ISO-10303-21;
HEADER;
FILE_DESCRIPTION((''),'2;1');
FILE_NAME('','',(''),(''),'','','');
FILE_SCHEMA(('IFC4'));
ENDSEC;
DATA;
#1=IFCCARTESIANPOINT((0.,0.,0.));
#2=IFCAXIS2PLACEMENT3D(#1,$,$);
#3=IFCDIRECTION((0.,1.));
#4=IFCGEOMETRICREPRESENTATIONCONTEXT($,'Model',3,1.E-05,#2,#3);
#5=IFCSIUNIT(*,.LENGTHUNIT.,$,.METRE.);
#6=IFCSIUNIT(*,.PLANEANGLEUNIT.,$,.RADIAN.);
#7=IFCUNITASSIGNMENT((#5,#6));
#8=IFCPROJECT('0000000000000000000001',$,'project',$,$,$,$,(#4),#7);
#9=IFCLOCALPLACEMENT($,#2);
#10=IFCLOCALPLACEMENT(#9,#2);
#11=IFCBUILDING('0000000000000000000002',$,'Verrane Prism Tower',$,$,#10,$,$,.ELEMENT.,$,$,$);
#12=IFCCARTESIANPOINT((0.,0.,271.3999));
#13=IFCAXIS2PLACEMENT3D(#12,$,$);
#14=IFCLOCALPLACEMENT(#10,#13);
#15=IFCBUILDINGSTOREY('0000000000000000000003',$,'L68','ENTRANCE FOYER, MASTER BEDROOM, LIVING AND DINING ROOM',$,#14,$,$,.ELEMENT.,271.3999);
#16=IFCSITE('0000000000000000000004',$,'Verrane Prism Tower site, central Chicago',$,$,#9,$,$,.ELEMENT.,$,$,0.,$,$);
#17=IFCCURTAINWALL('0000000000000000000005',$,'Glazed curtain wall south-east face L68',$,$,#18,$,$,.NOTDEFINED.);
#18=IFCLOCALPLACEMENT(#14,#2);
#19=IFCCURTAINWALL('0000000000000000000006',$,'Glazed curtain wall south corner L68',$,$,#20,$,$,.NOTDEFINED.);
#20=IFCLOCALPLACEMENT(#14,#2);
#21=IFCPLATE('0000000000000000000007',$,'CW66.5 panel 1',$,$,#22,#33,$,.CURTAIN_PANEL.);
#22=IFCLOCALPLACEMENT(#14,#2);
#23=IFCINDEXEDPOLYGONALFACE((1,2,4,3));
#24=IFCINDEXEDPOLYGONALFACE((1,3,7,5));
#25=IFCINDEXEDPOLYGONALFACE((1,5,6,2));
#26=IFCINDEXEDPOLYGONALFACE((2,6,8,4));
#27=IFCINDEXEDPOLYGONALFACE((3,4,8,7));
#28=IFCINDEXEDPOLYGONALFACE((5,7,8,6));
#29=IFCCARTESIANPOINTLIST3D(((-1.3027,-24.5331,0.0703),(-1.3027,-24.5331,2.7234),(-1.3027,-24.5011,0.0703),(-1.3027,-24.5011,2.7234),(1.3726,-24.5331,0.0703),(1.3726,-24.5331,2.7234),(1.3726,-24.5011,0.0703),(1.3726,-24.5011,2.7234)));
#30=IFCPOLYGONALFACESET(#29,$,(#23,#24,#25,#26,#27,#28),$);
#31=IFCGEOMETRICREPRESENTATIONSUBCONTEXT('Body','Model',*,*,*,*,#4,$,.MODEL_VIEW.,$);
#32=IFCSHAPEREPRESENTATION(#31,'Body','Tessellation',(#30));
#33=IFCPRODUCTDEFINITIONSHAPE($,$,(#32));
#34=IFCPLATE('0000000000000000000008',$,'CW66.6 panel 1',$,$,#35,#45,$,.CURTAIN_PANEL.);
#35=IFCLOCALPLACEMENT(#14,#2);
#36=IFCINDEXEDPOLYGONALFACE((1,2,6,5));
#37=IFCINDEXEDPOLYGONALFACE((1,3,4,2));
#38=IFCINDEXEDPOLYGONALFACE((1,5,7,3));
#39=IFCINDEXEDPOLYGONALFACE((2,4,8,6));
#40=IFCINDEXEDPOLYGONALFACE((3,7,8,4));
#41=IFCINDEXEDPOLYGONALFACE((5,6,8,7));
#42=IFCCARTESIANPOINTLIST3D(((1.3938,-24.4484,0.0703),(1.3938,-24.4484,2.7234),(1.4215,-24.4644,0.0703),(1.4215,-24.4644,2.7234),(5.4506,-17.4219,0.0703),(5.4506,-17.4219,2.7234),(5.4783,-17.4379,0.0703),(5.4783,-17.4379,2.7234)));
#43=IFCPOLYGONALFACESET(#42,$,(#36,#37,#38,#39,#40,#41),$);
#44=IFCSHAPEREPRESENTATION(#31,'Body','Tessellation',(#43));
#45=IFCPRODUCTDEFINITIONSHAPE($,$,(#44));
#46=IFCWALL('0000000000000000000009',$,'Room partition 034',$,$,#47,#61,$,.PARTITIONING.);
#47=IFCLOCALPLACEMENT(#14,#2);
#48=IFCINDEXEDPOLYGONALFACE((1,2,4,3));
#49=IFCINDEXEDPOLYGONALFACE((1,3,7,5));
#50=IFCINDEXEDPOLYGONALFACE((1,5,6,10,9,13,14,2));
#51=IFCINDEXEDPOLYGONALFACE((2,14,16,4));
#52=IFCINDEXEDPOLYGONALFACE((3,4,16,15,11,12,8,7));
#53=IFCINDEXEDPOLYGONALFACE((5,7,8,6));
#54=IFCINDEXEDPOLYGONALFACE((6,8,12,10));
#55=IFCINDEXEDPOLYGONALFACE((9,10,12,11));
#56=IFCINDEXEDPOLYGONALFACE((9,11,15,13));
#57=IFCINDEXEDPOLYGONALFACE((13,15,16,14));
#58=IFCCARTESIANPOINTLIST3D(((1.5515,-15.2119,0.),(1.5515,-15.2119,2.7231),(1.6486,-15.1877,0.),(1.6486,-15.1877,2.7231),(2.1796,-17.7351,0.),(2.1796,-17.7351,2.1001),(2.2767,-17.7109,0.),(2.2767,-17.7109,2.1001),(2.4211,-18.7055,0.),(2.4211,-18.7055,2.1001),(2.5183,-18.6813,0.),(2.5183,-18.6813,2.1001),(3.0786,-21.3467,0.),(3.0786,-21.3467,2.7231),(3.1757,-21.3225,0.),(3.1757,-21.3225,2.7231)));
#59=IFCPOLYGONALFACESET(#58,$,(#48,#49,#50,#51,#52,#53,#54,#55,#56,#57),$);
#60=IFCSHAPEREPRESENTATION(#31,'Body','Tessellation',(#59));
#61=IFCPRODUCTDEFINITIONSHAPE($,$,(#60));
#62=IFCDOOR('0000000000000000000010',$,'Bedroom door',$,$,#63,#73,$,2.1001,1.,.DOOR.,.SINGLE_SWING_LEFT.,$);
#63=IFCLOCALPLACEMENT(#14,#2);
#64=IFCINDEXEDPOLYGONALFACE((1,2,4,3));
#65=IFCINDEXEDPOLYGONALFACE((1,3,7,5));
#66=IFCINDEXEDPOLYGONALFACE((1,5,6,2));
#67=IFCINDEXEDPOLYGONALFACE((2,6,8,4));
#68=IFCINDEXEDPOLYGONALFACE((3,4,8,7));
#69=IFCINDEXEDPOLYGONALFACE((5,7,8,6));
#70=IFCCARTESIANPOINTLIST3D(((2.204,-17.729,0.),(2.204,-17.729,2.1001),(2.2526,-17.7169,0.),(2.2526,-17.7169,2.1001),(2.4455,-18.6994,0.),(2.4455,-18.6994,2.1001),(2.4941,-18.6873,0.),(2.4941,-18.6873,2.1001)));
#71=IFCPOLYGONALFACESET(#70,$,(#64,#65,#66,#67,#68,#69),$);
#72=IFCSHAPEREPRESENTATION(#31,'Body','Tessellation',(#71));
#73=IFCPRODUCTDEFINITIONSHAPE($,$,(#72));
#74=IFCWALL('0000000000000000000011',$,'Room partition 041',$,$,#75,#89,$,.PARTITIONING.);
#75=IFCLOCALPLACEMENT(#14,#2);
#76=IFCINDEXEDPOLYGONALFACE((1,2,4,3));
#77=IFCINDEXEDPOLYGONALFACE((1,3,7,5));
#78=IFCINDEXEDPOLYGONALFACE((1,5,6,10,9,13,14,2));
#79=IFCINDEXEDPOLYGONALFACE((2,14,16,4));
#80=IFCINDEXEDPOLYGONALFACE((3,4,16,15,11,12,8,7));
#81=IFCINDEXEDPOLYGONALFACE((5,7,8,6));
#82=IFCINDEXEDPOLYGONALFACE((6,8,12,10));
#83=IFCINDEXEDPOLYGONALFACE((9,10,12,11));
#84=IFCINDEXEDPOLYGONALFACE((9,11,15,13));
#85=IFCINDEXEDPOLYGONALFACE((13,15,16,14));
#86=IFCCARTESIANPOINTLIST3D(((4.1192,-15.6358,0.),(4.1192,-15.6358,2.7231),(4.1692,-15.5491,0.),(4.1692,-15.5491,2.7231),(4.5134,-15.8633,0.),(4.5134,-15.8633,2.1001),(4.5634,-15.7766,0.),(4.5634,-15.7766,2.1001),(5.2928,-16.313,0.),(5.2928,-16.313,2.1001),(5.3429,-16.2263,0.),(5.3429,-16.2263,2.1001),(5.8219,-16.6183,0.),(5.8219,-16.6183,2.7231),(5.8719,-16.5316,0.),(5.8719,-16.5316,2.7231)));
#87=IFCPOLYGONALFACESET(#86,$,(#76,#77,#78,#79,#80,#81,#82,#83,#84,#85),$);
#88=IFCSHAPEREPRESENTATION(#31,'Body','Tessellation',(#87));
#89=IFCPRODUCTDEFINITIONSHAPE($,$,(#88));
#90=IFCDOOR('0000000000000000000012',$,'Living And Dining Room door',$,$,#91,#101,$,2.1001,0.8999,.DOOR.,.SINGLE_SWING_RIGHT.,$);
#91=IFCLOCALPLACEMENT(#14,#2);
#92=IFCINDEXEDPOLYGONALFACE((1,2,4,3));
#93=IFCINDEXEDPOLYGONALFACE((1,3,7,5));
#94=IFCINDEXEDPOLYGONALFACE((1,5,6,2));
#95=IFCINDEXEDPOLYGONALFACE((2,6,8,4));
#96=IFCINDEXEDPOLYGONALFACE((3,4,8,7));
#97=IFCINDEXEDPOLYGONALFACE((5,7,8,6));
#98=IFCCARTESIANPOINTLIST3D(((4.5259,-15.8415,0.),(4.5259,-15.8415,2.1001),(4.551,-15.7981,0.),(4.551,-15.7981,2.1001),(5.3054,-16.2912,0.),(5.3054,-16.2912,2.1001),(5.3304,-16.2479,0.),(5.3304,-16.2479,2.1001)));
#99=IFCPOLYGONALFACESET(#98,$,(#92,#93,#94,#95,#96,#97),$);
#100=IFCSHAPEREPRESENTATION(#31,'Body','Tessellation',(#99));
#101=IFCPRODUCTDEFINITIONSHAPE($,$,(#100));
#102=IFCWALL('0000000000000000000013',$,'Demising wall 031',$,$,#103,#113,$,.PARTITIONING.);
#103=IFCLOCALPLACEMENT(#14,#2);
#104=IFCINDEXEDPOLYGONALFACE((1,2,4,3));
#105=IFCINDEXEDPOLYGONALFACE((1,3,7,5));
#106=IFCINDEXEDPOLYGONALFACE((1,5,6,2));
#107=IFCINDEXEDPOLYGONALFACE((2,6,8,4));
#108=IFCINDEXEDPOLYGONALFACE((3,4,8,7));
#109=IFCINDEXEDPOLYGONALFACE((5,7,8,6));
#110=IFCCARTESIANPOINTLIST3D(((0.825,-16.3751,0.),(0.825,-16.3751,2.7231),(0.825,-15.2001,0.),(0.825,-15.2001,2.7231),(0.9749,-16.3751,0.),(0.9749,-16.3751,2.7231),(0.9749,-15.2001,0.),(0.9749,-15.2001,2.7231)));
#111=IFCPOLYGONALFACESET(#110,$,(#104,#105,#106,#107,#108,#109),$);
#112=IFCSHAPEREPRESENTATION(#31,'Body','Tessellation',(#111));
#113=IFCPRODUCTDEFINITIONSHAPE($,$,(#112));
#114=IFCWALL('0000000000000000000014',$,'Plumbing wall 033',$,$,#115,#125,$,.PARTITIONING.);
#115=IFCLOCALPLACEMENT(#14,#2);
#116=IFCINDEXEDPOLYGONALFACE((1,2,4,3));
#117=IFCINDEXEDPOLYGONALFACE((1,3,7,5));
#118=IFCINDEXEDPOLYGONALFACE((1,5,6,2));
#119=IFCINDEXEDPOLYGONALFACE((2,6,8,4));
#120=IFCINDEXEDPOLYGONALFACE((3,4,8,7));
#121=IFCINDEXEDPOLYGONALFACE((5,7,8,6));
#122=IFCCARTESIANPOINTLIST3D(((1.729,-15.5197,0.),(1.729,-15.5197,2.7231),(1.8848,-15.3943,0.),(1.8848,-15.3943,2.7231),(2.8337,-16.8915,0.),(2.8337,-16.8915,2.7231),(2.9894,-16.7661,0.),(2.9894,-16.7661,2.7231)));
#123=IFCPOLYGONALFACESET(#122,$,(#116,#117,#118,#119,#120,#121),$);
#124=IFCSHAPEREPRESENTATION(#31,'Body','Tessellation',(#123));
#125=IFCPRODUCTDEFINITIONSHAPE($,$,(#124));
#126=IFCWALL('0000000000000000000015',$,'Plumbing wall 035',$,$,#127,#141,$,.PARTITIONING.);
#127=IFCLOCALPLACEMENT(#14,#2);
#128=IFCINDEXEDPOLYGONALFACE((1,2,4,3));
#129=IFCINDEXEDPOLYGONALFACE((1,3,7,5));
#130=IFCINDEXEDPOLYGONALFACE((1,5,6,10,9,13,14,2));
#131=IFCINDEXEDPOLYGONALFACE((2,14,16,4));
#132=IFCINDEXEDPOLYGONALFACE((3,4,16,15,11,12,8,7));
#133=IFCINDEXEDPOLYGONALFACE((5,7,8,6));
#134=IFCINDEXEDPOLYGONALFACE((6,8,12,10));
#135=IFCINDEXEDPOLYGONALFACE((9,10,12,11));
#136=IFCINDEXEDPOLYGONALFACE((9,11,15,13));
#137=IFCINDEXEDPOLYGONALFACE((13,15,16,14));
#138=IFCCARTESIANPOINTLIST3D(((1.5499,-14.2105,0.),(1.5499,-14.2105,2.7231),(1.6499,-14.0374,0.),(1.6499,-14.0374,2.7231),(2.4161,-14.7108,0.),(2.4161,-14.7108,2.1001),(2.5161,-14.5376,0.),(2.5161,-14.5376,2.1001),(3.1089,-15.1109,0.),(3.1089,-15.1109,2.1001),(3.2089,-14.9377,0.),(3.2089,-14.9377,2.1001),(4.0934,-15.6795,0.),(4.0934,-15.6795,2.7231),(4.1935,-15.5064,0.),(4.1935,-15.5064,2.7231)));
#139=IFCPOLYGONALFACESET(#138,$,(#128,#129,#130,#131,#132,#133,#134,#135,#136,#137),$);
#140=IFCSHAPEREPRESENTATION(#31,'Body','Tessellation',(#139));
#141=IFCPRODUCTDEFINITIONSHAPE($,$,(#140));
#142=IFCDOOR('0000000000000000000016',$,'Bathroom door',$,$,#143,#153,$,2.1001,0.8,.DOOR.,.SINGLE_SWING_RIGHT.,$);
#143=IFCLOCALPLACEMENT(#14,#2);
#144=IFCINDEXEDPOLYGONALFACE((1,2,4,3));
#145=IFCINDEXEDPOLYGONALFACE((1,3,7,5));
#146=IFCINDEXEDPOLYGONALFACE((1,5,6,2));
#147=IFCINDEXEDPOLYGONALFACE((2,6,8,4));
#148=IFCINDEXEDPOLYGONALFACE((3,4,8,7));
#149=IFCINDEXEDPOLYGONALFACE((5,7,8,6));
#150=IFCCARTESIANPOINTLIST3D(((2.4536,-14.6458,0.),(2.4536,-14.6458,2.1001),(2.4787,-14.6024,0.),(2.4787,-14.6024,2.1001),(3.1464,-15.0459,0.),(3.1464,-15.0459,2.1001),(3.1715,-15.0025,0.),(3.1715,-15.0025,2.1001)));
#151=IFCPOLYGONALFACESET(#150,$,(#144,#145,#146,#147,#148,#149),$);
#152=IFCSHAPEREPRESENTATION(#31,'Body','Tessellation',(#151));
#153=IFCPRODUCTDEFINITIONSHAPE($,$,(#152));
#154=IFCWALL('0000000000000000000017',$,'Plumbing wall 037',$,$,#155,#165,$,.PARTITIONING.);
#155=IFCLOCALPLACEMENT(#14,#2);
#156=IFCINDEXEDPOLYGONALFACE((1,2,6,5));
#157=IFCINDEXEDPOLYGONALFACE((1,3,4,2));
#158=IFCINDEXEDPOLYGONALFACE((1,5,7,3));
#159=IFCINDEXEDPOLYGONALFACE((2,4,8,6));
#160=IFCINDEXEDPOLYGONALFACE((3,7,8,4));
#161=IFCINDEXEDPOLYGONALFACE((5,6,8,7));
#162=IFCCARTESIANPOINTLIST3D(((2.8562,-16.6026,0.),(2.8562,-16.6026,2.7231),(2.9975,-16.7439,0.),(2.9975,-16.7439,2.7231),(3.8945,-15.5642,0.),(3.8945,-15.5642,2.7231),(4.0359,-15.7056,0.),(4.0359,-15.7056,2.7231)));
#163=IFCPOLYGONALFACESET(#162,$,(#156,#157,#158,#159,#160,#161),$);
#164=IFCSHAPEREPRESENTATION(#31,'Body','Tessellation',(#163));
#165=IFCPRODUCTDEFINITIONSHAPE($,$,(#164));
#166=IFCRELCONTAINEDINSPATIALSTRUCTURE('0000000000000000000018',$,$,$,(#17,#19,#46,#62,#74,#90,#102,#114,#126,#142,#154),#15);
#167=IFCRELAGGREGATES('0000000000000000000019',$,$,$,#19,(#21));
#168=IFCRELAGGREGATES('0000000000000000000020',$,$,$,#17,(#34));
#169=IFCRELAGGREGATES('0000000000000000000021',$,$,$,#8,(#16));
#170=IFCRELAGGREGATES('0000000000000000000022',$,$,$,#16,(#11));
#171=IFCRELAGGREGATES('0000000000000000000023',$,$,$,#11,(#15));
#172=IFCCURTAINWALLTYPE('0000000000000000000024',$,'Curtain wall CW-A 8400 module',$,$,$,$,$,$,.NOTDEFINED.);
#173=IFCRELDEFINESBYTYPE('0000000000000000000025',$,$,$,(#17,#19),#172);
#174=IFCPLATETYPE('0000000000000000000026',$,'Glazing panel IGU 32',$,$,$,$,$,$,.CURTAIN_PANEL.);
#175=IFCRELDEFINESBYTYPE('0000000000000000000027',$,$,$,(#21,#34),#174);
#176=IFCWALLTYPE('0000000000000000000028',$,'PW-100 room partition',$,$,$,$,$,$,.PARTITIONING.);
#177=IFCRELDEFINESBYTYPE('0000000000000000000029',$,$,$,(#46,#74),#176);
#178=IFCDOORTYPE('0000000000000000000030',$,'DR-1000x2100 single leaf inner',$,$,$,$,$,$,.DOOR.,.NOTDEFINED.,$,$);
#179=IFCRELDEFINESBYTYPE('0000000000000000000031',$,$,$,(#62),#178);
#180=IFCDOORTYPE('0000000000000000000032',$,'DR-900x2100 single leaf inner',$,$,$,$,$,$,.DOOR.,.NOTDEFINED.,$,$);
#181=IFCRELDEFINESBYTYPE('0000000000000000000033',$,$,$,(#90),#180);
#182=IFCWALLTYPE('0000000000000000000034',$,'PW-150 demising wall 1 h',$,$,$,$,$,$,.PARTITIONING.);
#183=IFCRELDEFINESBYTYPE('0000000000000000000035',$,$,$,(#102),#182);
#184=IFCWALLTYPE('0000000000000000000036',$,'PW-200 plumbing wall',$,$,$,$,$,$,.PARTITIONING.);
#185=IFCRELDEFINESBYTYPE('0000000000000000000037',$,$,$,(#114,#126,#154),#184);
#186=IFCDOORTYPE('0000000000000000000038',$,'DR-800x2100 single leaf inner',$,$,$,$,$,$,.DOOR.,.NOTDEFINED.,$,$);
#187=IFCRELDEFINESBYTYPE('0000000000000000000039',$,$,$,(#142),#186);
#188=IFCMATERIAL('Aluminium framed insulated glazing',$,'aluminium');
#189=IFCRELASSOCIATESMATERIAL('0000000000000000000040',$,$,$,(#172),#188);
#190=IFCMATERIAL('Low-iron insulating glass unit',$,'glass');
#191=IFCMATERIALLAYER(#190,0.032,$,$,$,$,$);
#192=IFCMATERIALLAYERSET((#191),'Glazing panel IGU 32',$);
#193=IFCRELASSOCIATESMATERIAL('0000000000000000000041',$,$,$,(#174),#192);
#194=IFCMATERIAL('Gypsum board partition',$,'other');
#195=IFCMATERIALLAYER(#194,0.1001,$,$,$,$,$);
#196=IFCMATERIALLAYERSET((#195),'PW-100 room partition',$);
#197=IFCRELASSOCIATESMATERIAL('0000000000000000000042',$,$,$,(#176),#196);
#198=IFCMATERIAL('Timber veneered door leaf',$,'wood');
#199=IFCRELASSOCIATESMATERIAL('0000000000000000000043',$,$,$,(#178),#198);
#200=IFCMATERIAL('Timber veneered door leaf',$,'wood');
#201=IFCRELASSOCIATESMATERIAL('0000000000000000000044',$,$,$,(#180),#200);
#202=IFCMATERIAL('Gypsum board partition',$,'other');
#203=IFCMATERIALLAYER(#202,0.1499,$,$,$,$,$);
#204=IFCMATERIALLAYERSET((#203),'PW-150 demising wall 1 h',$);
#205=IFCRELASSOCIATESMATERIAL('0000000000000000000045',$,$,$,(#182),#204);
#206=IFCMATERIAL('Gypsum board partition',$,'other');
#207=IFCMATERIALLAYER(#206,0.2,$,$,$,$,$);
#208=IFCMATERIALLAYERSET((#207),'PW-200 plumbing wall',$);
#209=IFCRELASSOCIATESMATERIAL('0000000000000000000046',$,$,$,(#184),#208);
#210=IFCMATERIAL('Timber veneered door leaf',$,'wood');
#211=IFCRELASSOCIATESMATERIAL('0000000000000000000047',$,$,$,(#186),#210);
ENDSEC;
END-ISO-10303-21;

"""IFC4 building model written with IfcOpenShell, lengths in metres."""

from ifc_helpers import new_model, si_unit, direction, frame, frame_2d, origin, origin_2d, place, context, subcontext, project, spatial, rectangle, extrude, material, layer, layer_set, type_object, element, fill, aggregate, save


model = new_model("IFC4")

# Units and contexts
model_context = context("Model", 3, precision=1e-05, world=origin(), true_north=direction((0.0, 1.0)))
body_context = subcontext(model_context, "Body", "Model", "MODEL_VIEW")
ifc_project = project(units=[si_unit("LENGTHUNIT", "METRE"), si_unit("PLANEANGLEUNIT", "RADIAN")], contexts=[model_context])

# Site, building, storey
site_placement = place(None, origin())
site = spatial("IfcSite", under=ifc_project, at=site_placement, Name="Verrane Prism Tower site, central Chicago", CompositionType="ELEMENT", RefElevation=0.0)
building_placement = place(site_placement, origin())
building = spatial("IfcBuilding", under=site, at=building_placement, Name="Verrane Prism Tower", CompositionType="ELEMENT")
storey_placement = place(building_placement, frame((0.0, 0.0, 271.3999)))
storey = spatial("IfcBuildingStorey", under=building, at=storey_placement, Name="L68", Description="ENTRANCE FOYER, MASTER BEDROOM, LIVING AND DINING ROOM", CompositionType="ELEMENT", Elevation=271.3999)

# Curtain wall
ifc_material_1 = material(Name="Aluminium framed insulated glazing", Category="aluminium")
curtain_wall_type = type_object("IfcCurtainWallType", Name="Curtain wall CW-A 8400 module", PredefinedType="NOTDEFINED", material=ifc_material_1)
curtain_wall_1_placement = place(storey_placement, origin())
curtain_wall_1 = element("IfcCurtainWall", 1, at=curtain_wall_1_placement, inside=storey, type_object=curtain_wall_type, Name="Glazed curtain wall south-east face L68", PredefinedType="NOTDEFINED")

# Curtain wall, plate
curtain_wall_2_placement = place(storey_placement, origin())
curtain_wall_2 = element("IfcCurtainWall", 2, at=curtain_wall_2_placement, inside=storey, type_object=curtain_wall_type, Name="Glazed curtain wall south corner L68", PredefinedType="NOTDEFINED")
ifc_material_2 = material(Name="Low-iron insulating glass unit", Category="glass")
ifc_layer_1 = layer(ifc_material_2, 0.032)
ifc_layer_set_1 = layer_set([ifc_layer_1], Name="Glazing panel IGU 32")
plate_type = type_object("IfcPlateType", Name="Glazing panel IGU 32", PredefinedType="CURTAIN_PANEL", material=ifc_layer_set_1)
plate_1_placement = place(storey_placement, frame((0.0349, -24.5171, 0.0703), z_axis=(0.0, 0.0, 1.0), x_axis=(1.0, 0.0, 0.0)))
plate_1 = element("IfcPlate", 3, at=plate_1_placement, type_object=plate_type, Name="CW66.5 panel 1", PredefinedType="CURTAIN_PANEL", context=body_context, shape_type="SweptSolid", body=[
    extrude(rectangle(XDim=2.6753, YDim=0.032, at=origin_2d()), origin(), (0.0, 0.0, 1.0), 2.6531),
])
aggregate(curtain_wall_2, [plate_1])

# Plate
plate_2_placement = place(storey_placement, frame((3.436, -20.9431, 0.0703), z_axis=(0.0, 0.0, 1.0), x_axis=(0.500001, 0.866025, 0.0)))
plate_2 = element("IfcPlate", 4, at=plate_2_placement, type_object=plate_type, Name="CW66.6 panel 1", PredefinedType="CURTAIN_PANEL", context=body_context, shape_type="SweptSolid", body=[
    extrude(rectangle(XDim=8.1135, YDim=0.032, at=origin_2d()), origin(), (0.0, 0.0, 1.0), 2.6531),
])
aggregate(curtain_wall_1, [plate_2])

# Walls, openings, doors
ifc_material_3 = material(Name="Gypsum board partition", Category="other")
ifc_layer_2 = layer(ifc_material_3, 0.1001)
ifc_layer_set_2 = layer_set([ifc_layer_2], Name="PW-100 room partition")
wall_type_1 = type_object("IfcWallType", Name="PW-100 room partition", PredefinedType="PARTITIONING", material=ifc_layer_set_2)
wall_1_placement = place(storey_placement, frame((3.1272, -21.3347, 0.0), z_axis=(0.0, 0.0, 1.0), x_axis=(-0.241554, 0.970387, 0.0)))
wall_1 = element("IfcWall", 5, at=wall_1_placement, inside=storey, type_object=wall_type_1, Name="Room partition 034", PredefinedType="PARTITIONING", context=body_context, shape_type="SweptSolid", body=[
    extrude(rectangle(XDim=6.322, YDim=0.1001, at=frame_2d((3.1611, 0.0))), origin(), (0.0, 0.0, 1.0), 2.7231),
])
opening_1_placement = place(wall_1_placement, frame((2.7219, 0.0, 0.0)))
opening_1 = element("IfcOpeningElement", 6, at=opening_1_placement, cuts=wall_1, PredefinedType="OPENING", context=body_context, shape_type="SweptSolid", body=[
    extrude(rectangle(XDim=1.0, YDim=2.1001, at=frame_2d((0.5, 1.05))), frame((0.0, 0.0601, 0.0), z_axis=(0.0, -1.0, 0.0), x_axis=(1.0, 0.0, 0.0)), (0.0, 0.0, 1.0), 0.1201),
])
ifc_material_4 = material(Name="Timber veneered door leaf", Category="wood")
door_type_1 = type_object("IfcDoorType", Name="DR-1000x2100 single leaf inner", OperationType="NOTDEFINED", PredefinedType="DOOR", material=ifc_material_4)
door_1_placement = place(opening_1_placement, origin())
door_1 = element("IfcDoor", 7, at=door_1_placement, inside=storey, type_object=door_type_1, Name="Bedroom door", OperationType="SINGLE_SWING_LEFT", OverallHeight=2.1001, OverallWidth=1.0, PredefinedType="DOOR", context=body_context, shape_type="SweptSolid", body=[
    extrude(rectangle(XDim=1.0, YDim=2.1001, at=frame_2d((0.5, 1.05))), frame((0.0, 0.0249, 0.0), z_axis=(0.0, -1.0, 0.0), x_axis=(1.0, 0.0, 0.0)), (0.0, 0.0, 1.0), 0.05),
])
fill(opening_1, door_1)
wall_2_placement = place(storey_placement, frame((5.8469, -16.575, 0.0), z_axis=(0.0, 0.0, 1.0), x_axis=(-0.866157, 0.499773, 0.0)))
wall_2 = element("IfcWall", 8, at=wall_2_placement, inside=storey, type_object=wall_type_1, Name="Room partition 041", PredefinedType="PARTITIONING", context=body_context, shape_type="SweptSolid", body=[
    extrude(rectangle(XDim=1.9658, YDim=0.1001, at=frame_2d((0.9829, 0.0))), origin(), (0.0, 0.0, 1.0), 2.7231),
])
opening_2_placement = place(wall_2_placement, frame((0.6108, 0.0, 0.0)))
opening_2 = element("IfcOpeningElement", 9, at=opening_2_placement, cuts=wall_2, PredefinedType="OPENING", context=body_context, shape_type="SweptSolid", body=[
    extrude(rectangle(XDim=0.8999, YDim=2.1001, at=frame_2d((0.45, 1.05))), frame((0.0, 0.0601, 0.0), z_axis=(0.0, -1.0, 0.0), x_axis=(1.0, 0.0, 0.0)), (0.0, 0.0, 1.0), 0.1201),
])
ifc_material_5 = material(Name="Timber veneered door leaf", Category="wood")
door_type_2 = type_object("IfcDoorType", Name="DR-900x2100 single leaf inner", OperationType="NOTDEFINED", PredefinedType="DOOR", material=ifc_material_5)
door_2_placement = place(opening_2_placement, origin())
door_2 = element("IfcDoor", 10, at=door_2_placement, inside=storey, type_object=door_type_2, Name="Living And Dining Room door", OperationType="SINGLE_SWING_RIGHT", OverallHeight=2.1001, OverallWidth=0.8999, PredefinedType="DOOR", context=body_context, shape_type="SweptSolid", body=[
    extrude(rectangle(XDim=0.8999, YDim=2.1001, at=frame_2d((0.45, 1.05))), frame((0.0, 0.0249, 0.0), z_axis=(0.0, -1.0, 0.0), x_axis=(1.0, 0.0, 0.0)), (0.0, 0.0, 1.0), 0.05),
])
fill(opening_2, door_2)

# Walls
ifc_material_6 = material(Name="Gypsum board partition", Category="other")
ifc_layer_3 = layer(ifc_material_6, 0.1499)
ifc_layer_set_3 = layer_set([ifc_layer_3], Name="PW-150 demising wall 1 h")
wall_type_2 = type_object("IfcWallType", Name="PW-150 demising wall 1 h", PredefinedType="PARTITIONING", material=ifc_layer_set_3)
wall_3_placement = place(storey_placement, frame((0.8999, -16.375, 0.0), z_axis=(0.0, 0.0, 1.0), x_axis=(0.0, 1.0, 0.0)))
element("IfcWall", 11, at=wall_3_placement, inside=storey, type_object=wall_type_2, Name="Demising wall 031", PredefinedType="PARTITIONING", context=body_context, shape_type="SweptSolid", body=[
    extrude(rectangle(XDim=1.175, YDim=0.1499, at=frame_2d((0.5874, 0.0))), origin(), (0.0, 0.0, 1.0), 2.7231),
])
ifc_material_7 = material(Name="Gypsum board partition", Category="other")
ifc_layer_4 = layer(ifc_material_7, 0.2)
ifc_layer_set_4 = layer_set([ifc_layer_4], Name="PW-200 plumbing wall")
wall_type_3 = type_object("IfcWallType", Name="PW-200 plumbing wall", PredefinedType="PARTITIONING", material=ifc_layer_set_4)
wall_4_placement = place(storey_placement, frame((1.8069, -15.457, 0.0), z_axis=(0.0, 0.0, 1.0), x_axis=(0.62721, -0.77885, 0.0)))
element("IfcWall", 12, at=wall_4_placement, inside=storey, type_object=wall_type_3, Name="Plumbing wall 033", PredefinedType="PARTITIONING", context=body_context, shape_type="SweptSolid", body=[
    extrude(rectangle(XDim=1.7612, YDim=0.2, at=frame_2d((0.8806, 0.0))), origin(), (0.0, 0.0, 1.0), 2.7231),
])

# Wall, opening, door
wall_5_placement = place(storey_placement, frame((4.1436, -15.593, 0.0), z_axis=(0.0, 0.0, 1.0), x_axis=(-0.865947, 0.500135, 0.0)))
wall_5 = element("IfcWall", 13, at=wall_5_placement, inside=storey, type_object=wall_type_3, Name="Plumbing wall 035", PredefinedType="PARTITIONING", context=body_context, shape_type="SweptSolid", body=[
    extrude(rectangle(XDim=2.9373, YDim=0.2, at=frame_2d((1.4688, 0.0))), origin(), (0.0, 0.0, 1.0), 2.7231),
])
opening_3_placement = place(wall_5_placement, frame((1.1372, 0.0, 0.0)))
opening_3 = element("IfcOpeningElement", 14, at=opening_3_placement, cuts=wall_5, PredefinedType="OPENING", context=body_context, shape_type="SweptSolid", body=[
    extrude(rectangle(XDim=0.8, YDim=2.1001, at=frame_2d((0.3999, 1.05))), frame((0.0, 0.1099, 0.0), z_axis=(0.0, -1.0, 0.0), x_axis=(1.0, 0.0, 0.0)), (0.0, 0.0, 1.0), 0.22),
])
ifc_material_8 = material(Name="Timber veneered door leaf", Category="wood")
door_type_3 = type_object("IfcDoorType", Name="DR-800x2100 single leaf inner", OperationType="NOTDEFINED", PredefinedType="DOOR", material=ifc_material_8)
door_3_placement = place(opening_3_placement, origin())
door_3 = element("IfcDoor", 15, at=door_3_placement, inside=storey, type_object=door_type_3, Name="Bathroom door", OperationType="SINGLE_SWING_RIGHT", OverallHeight=2.1001, OverallWidth=0.8, PredefinedType="DOOR", context=body_context, shape_type="SweptSolid", body=[
    extrude(rectangle(XDim=0.8, YDim=2.1001, at=frame_2d((0.3999, 1.05))), frame((0.0, 0.0249, 0.0), z_axis=(0.0, -1.0, 0.0), x_axis=(1.0, 0.0, 0.0)), (0.0, 0.0, 1.0), 0.05),
])
fill(opening_3, door_3)

# Wall
wall_6_placement = place(storey_placement, frame((2.9268, -16.6733, 0.0), z_axis=(0.0, 0.0, 1.0), x_axis=(0.707107, 0.707107, 0.0)))
element("IfcWall", 16, at=wall_6_placement, inside=storey, type_object=wall_type_3, Name="Plumbing wall 037", PredefinedType="PARTITIONING", context=body_context, shape_type="SweptSolid", body=[
    extrude(rectangle(XDim=1.4685, YDim=0.2, at=frame_2d((0.7344, 0.0))), origin(), (0.0, 0.0, 1.0), 2.7231),
])

save(model, "model.ifc")
